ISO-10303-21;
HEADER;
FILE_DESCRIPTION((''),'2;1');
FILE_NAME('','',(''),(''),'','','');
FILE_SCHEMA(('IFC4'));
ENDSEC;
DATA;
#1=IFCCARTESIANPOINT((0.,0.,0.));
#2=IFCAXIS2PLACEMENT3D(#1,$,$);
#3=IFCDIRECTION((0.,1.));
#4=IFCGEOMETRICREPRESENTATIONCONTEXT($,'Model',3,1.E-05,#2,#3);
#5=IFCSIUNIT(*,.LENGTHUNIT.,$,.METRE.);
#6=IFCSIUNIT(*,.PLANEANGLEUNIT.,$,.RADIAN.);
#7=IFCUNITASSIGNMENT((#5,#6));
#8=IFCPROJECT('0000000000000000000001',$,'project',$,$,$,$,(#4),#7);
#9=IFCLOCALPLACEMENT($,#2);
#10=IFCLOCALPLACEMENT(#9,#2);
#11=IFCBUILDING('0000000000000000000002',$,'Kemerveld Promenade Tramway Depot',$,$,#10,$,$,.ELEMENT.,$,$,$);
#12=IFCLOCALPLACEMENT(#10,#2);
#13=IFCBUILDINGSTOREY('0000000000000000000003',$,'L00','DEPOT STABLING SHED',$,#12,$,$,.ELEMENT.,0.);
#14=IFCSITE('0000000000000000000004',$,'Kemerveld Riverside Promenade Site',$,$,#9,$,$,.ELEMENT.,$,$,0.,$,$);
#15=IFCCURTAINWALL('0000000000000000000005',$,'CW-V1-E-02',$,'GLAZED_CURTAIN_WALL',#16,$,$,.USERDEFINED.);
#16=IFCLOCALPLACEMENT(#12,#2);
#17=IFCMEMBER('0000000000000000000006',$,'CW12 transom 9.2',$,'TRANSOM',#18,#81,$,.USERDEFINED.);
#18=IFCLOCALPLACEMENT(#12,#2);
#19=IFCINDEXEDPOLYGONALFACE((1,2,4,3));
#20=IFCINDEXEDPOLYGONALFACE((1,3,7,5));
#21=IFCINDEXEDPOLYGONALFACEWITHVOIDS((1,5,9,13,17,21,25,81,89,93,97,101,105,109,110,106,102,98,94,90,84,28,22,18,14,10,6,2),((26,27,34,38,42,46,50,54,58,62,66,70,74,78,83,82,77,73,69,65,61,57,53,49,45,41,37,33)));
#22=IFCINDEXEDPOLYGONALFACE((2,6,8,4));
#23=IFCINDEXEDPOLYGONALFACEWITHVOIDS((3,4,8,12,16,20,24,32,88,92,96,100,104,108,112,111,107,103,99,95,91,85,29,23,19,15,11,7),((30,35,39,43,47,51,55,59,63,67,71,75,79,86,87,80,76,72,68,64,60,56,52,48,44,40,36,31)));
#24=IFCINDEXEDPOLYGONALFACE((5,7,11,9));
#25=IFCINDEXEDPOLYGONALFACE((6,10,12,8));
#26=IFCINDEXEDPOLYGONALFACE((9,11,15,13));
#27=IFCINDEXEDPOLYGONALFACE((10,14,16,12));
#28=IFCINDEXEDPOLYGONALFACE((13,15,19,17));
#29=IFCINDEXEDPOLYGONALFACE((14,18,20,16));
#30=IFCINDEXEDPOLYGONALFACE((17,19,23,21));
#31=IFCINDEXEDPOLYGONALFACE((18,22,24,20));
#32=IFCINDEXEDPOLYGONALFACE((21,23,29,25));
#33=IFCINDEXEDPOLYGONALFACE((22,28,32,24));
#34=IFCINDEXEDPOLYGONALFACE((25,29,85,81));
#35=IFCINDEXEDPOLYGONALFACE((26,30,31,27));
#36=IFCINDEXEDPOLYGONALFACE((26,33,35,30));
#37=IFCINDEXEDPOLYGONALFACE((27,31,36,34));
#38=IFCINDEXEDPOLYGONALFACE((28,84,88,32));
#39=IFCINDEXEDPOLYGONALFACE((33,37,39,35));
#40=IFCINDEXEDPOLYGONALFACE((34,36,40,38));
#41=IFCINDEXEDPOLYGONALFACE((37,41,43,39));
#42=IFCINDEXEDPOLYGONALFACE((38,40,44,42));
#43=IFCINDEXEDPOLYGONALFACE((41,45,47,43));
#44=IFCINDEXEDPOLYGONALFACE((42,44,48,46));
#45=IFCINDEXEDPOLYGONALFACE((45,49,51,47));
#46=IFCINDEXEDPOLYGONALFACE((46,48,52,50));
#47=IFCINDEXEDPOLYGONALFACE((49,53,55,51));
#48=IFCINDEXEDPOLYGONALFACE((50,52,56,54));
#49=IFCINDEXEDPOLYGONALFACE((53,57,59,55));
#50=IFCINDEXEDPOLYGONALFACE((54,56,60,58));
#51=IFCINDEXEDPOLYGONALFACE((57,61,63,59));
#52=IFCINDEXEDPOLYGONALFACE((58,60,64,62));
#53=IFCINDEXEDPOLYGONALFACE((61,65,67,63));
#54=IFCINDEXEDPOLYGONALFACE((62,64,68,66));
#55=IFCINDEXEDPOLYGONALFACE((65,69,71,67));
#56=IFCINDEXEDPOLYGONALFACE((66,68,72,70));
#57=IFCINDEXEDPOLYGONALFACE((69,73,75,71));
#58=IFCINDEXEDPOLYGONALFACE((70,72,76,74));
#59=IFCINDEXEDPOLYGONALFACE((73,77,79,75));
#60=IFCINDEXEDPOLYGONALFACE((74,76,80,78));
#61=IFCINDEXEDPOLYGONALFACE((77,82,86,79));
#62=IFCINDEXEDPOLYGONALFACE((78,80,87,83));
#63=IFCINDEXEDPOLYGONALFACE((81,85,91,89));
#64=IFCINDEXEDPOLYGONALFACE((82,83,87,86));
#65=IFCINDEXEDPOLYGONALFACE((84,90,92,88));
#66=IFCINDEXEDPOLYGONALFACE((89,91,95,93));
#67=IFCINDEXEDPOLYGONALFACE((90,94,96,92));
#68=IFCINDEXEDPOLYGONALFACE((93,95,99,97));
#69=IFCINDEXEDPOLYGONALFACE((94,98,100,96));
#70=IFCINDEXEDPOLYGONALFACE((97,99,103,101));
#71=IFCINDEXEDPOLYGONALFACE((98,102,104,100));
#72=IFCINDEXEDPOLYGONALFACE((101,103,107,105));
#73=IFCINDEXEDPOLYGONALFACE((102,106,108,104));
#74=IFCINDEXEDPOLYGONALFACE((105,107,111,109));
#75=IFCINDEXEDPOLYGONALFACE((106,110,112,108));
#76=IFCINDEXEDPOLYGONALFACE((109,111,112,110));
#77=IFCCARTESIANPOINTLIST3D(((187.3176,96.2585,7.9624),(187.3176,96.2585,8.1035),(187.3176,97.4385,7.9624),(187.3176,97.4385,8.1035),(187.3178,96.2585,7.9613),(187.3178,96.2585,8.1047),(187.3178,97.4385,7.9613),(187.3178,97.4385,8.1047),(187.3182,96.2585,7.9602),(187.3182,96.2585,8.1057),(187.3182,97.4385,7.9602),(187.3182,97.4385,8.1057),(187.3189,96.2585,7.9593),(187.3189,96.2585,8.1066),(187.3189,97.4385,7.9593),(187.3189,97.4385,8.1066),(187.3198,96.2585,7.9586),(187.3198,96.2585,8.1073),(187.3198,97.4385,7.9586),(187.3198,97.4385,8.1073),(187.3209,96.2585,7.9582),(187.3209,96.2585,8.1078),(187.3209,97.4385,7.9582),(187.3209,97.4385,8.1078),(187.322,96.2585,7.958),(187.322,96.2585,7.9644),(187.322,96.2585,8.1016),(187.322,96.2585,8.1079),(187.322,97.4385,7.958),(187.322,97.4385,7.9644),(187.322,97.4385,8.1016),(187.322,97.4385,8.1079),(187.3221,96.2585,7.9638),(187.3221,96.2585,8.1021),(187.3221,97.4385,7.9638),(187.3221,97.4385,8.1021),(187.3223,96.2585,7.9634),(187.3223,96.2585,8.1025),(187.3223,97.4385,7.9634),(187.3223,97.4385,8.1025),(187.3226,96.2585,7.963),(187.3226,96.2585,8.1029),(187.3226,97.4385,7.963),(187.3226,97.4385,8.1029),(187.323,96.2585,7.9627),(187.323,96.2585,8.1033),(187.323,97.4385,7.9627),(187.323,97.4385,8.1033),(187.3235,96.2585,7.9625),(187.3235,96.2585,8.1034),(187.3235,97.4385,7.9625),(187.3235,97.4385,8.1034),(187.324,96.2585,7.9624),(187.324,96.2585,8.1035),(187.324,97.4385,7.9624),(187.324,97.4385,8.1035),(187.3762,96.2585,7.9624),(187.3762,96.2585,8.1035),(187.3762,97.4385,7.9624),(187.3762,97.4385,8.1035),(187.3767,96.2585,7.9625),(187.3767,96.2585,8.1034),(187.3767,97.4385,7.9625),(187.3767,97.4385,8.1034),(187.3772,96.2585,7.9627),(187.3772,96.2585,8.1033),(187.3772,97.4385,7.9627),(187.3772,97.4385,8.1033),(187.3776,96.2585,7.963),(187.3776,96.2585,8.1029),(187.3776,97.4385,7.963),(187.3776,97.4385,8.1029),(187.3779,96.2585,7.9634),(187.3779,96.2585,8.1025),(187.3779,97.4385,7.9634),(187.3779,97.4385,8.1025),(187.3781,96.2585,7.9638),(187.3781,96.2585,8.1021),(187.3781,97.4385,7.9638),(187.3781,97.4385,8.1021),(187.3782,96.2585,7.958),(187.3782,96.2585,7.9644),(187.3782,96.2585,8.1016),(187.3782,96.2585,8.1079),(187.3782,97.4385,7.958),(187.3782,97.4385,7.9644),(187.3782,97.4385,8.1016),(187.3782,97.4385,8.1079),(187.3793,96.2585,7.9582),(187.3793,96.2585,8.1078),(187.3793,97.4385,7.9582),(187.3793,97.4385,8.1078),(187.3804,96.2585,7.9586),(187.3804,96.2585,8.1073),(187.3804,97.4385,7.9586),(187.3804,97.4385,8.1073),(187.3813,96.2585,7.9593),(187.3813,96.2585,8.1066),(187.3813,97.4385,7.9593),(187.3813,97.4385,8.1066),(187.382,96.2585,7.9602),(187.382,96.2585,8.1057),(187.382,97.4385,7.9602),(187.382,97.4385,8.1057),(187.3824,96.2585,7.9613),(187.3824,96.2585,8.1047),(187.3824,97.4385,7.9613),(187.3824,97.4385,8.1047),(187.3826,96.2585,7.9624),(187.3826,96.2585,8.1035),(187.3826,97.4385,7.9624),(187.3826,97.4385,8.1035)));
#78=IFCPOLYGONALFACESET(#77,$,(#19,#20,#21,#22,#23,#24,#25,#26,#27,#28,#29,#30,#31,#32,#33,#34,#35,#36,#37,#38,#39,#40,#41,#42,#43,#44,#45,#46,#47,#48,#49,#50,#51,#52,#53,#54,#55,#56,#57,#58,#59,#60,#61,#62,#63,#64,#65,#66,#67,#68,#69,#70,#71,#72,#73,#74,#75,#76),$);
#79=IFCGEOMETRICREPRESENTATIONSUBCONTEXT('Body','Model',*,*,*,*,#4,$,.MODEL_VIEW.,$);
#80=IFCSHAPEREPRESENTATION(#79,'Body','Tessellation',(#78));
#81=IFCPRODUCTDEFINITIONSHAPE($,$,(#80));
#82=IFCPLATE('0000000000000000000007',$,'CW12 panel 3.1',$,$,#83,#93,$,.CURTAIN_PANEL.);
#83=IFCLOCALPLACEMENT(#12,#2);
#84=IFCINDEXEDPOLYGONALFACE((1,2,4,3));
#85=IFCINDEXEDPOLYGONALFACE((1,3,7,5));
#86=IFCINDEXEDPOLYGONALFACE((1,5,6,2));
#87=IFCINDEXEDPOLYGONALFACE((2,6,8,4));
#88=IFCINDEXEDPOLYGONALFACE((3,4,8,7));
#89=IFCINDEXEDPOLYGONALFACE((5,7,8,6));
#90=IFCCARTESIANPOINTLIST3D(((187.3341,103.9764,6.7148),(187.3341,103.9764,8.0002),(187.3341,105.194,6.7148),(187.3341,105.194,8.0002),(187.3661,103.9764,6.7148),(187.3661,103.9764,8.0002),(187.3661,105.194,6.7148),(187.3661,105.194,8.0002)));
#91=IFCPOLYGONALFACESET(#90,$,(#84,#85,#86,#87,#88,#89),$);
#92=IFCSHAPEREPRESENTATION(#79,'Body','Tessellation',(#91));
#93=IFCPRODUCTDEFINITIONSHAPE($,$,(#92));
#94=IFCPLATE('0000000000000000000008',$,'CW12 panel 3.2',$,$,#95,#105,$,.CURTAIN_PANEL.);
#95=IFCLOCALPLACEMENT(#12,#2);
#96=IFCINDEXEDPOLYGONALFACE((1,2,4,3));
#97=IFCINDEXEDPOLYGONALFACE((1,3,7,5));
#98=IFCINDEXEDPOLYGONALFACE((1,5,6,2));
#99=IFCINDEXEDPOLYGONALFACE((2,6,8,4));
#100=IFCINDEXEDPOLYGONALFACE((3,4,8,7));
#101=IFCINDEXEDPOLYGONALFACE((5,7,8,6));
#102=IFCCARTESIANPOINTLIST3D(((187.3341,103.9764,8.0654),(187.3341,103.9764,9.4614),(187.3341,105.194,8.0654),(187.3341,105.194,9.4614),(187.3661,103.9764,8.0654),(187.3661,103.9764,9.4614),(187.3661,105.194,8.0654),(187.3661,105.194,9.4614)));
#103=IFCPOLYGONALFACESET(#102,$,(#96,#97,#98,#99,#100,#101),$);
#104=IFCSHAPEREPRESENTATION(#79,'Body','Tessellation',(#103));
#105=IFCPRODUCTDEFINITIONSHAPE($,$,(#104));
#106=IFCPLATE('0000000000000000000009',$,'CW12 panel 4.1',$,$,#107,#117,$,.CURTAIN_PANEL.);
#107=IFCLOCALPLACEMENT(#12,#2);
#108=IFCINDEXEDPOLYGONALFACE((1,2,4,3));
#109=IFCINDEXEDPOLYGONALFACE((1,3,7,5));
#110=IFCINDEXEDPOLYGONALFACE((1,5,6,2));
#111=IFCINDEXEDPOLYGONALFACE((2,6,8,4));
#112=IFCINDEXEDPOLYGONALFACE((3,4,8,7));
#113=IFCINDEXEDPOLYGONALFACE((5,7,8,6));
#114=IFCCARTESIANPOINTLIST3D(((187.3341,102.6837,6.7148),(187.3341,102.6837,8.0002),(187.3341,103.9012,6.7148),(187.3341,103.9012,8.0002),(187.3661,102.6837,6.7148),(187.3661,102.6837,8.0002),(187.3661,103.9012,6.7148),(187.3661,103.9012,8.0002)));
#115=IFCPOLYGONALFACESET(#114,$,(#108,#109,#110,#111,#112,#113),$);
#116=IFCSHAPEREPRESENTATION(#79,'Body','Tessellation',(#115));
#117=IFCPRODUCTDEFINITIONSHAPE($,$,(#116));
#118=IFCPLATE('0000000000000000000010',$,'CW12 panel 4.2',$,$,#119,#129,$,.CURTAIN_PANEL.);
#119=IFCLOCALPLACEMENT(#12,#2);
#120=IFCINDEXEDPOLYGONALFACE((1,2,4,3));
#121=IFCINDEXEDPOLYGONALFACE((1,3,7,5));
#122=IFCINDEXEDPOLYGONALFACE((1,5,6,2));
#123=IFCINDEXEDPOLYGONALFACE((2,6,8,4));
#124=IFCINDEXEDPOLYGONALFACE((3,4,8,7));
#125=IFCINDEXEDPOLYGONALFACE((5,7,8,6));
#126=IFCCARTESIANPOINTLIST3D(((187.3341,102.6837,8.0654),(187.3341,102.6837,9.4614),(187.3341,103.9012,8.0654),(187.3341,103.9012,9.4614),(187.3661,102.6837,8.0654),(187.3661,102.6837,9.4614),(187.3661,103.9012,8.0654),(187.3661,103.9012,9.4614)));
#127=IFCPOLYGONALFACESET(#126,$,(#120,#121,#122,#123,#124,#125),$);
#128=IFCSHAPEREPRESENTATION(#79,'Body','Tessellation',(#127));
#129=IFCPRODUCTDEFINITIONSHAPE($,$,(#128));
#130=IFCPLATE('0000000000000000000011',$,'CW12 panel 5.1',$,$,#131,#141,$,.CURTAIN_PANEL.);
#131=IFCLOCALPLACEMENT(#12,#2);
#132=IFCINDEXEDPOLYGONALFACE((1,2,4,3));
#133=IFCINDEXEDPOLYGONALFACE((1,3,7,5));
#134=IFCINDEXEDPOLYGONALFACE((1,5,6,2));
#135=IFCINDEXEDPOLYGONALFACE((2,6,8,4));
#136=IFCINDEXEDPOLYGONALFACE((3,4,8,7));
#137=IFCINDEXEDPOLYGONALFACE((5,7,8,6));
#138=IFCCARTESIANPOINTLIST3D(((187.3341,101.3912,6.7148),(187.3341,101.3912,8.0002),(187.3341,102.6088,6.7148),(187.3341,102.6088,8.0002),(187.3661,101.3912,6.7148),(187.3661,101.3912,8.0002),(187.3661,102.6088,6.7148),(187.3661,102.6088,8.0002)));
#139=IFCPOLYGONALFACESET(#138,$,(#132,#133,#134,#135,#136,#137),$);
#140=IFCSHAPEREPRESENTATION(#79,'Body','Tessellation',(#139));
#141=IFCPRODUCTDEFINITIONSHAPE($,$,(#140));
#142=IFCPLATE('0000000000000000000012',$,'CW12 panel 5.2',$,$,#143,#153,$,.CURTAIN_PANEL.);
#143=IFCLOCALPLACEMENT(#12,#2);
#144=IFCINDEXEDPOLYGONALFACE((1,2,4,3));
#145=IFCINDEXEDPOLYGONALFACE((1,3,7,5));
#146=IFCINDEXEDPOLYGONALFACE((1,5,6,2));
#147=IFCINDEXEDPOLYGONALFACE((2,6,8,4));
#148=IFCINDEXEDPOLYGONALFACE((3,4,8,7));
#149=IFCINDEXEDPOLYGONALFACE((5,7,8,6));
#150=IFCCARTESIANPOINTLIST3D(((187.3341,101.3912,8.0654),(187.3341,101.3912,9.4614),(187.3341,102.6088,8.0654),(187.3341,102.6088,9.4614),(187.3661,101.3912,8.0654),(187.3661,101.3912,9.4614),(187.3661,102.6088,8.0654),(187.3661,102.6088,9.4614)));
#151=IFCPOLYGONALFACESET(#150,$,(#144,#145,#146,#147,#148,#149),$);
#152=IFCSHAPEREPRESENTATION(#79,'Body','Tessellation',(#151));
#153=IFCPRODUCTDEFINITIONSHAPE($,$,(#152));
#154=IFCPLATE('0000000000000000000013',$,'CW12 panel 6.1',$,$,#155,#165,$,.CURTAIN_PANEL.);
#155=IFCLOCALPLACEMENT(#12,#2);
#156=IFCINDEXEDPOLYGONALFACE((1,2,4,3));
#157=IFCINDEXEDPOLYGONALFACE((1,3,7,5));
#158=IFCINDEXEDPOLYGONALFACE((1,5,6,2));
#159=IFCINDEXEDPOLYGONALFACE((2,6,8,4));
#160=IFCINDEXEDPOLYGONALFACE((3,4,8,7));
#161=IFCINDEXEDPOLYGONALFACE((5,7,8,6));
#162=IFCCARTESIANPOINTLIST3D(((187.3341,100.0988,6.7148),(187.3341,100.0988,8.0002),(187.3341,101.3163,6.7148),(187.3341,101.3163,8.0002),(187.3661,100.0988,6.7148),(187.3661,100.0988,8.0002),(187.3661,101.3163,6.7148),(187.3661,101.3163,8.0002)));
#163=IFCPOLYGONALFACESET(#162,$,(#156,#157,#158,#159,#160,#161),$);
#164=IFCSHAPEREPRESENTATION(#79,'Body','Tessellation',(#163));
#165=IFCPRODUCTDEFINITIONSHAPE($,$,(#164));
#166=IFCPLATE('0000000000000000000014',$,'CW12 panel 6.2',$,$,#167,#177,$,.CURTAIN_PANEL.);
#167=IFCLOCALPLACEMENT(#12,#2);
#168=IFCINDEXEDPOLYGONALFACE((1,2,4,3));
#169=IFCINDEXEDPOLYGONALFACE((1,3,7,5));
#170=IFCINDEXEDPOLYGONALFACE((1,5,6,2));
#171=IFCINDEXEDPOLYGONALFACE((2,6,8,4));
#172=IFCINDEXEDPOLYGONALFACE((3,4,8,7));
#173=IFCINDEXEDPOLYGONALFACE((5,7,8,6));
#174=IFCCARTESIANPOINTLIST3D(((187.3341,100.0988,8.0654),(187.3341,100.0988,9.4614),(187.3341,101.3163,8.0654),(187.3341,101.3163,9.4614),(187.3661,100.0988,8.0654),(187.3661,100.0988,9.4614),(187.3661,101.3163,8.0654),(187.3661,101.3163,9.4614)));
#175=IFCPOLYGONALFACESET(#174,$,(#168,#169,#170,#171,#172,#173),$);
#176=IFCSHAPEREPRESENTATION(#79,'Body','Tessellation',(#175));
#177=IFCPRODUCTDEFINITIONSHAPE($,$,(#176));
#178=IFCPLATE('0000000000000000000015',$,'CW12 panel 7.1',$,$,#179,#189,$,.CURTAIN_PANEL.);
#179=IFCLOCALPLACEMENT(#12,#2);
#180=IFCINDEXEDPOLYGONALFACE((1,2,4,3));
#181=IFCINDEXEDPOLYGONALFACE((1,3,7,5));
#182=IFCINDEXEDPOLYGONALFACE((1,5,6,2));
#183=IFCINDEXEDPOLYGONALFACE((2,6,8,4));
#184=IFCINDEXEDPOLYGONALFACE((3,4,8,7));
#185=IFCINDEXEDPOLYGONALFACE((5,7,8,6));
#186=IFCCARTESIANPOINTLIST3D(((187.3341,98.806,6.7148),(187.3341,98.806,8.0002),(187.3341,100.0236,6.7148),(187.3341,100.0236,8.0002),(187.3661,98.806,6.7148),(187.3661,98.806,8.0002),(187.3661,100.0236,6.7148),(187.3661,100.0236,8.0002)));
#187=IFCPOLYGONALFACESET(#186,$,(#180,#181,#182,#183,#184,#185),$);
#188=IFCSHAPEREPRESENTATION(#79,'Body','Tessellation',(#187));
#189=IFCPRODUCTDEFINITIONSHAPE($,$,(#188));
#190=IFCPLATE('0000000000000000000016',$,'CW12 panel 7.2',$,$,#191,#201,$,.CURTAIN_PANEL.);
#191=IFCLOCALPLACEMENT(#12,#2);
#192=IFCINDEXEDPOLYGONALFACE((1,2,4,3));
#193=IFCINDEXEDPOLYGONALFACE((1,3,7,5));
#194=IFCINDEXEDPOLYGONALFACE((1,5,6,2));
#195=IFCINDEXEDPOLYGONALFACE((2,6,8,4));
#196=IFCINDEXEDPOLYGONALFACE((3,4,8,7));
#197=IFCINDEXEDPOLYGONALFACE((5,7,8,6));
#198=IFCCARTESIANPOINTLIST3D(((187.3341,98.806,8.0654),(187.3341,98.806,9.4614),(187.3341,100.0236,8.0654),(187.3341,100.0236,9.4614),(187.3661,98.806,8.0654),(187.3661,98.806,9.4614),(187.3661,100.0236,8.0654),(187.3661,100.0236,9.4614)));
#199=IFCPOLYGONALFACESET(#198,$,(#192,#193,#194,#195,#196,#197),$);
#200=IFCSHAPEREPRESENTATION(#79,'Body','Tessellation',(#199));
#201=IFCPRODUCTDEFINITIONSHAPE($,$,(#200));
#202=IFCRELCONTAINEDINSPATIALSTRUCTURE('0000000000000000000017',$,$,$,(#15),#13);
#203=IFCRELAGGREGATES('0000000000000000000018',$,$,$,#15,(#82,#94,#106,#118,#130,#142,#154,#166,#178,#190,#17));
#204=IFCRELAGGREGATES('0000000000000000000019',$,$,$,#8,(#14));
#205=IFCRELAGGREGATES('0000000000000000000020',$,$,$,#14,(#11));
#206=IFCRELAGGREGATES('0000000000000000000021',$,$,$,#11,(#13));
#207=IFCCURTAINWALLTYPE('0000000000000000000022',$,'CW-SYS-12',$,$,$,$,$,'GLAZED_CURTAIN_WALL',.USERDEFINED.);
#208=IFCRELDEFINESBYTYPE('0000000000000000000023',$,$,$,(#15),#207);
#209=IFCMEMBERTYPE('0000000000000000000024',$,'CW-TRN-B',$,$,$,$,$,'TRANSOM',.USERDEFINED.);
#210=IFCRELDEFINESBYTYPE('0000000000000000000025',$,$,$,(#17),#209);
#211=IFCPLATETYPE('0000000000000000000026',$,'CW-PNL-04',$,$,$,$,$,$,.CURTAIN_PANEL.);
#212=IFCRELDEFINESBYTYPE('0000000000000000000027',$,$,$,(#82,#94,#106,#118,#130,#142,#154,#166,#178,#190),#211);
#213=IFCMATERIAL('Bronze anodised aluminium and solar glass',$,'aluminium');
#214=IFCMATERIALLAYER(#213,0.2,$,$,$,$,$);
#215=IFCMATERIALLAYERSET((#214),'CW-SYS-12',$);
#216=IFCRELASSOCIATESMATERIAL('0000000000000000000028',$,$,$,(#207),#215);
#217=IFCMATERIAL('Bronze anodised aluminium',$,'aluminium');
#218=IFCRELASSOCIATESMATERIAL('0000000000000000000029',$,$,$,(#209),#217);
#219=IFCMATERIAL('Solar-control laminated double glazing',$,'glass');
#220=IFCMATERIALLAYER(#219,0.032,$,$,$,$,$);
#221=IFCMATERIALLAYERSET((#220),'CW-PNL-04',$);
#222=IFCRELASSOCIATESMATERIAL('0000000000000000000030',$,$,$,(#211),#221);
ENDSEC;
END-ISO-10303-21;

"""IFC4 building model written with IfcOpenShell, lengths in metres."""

from ifc_helpers import new_model, si_unit, direction, frame, origin, origin_2d, place, context, subcontext, project, spatial, rectangle, hollow_rectangle, extrude, material, layer, layer_set, material_profile, profile_set, type_object, element, aggregate, save


model = new_model("IFC4")

# Units and contexts
model_context = context("Model", 3, precision=1e-05, world=origin(), true_north=direction((0.0, 1.0)))
body_context = subcontext(model_context, "Body", "Model", "MODEL_VIEW")
ifc_project = project(units=[si_unit("LENGTHUNIT", "METRE"), si_unit("PLANEANGLEUNIT", "RADIAN")], contexts=[model_context])

# Site, building, storey
site_placement = place(None, origin())
site = spatial("IfcSite", under=ifc_project, at=site_placement, Name="Kemerveld Riverside Promenade Site", CompositionType="ELEMENT", RefElevation=0.0)
building_placement = place(site_placement, origin())
building = spatial("IfcBuilding", under=site, at=building_placement, Name="Kemerveld Promenade Tramway Depot", CompositionType="ELEMENT")
storey_placement = place(building_placement, origin())
storey = spatial("IfcBuildingStorey", under=building, at=storey_placement, Name="L00", Description="DEPOT STABLING SHED", CompositionType="ELEMENT", Elevation=0.0)

# Curtain wall, member, plates
ifc_material_1 = material(Name="Bronze anodised aluminium and solar glass", Category="aluminium")
ifc_layer_1 = layer(ifc_material_1, 0.2)
ifc_layer_set_1 = layer_set([ifc_layer_1], Name="CW-SYS-12")
curtain_wall_type = type_object("IfcCurtainWallType", Name="CW-SYS-12", ElementType="GLAZED_CURTAIN_WALL", PredefinedType="USERDEFINED", material=ifc_layer_set_1)
curtain_wall_placement = place(storey_placement, origin())
curtain_wall = element("IfcCurtainWall", 1, at=curtain_wall_placement, inside=storey, type_object=curtain_wall_type, Name="CW-V1-E-02", ObjectType="GLAZED_CURTAIN_WALL", PredefinedType="USERDEFINED")
ifc_material_2 = material(Name="Bronze anodised aluminium", Category="aluminium")
ifc_material_profile_1 = material_profile(ifc_material_2, hollow_rectangle(XDim=0.0649, YDim=0.1499, WallThickness=0.0044, InnerFilletRadius=0.002, OuterFilletRadius=0.0044, at=origin_2d()), Name="CW-TRN-150x65")
ifc_profile_set_1 = profile_set([ifc_material_profile_1], Name="Bronze anodised aluminium")
member_type_1 = type_object("IfcMemberType", Name="CW-TRN-B", ElementType="TRANSOM", PredefinedType="USERDEFINED", material=ifc_profile_set_1)
member_1_placement = place(storey_placement, frame((187.3501, 97.4385, 8.033), z_axis=(0.0, -1.0, 0.0), x_axis=(1.0, 0.0, 0.0)))
member_1 = element("IfcMember", 2, at=member_1_placement, type_object=member_type_1, Name="CW12 transom 9.2", ObjectType="TRANSOM", PredefinedType="USERDEFINED", context=body_context, shape_type="SweptSolid", body=[
    extrude(hollow_rectangle(XDim=0.0649, YDim=0.1499, WallThickness=0.0044, InnerFilletRadius=0.002, OuterFilletRadius=0.0044, at=origin_2d()), origin(), (0.0, 0.0, 1.0), 1.1799),
])
ifc_material_3 = material(Name="Solar-control laminated double glazing", Category="glass")
ifc_layer_2 = layer(ifc_material_3, 0.032)
ifc_layer_set_2 = layer_set([ifc_layer_2], Name="CW-PNL-04")
plate_type = type_object("IfcPlateType", Name="CW-PNL-04", PredefinedType="CURTAIN_PANEL", material=ifc_layer_set_2)
plate_1_placement = place(storey_placement, frame((187.3501, 104.5852, 6.7148), z_axis=(0.0, 0.0, 1.0), x_axis=(0.0, -1.0, 0.0)))
plate_1 = element("IfcPlate", 3, at=plate_1_placement, type_object=plate_type, Name="CW12 panel 3.1", PredefinedType="CURTAIN_PANEL", context=body_context, shape_type="SweptSolid", body=[
    extrude(rectangle(XDim=1.2175, YDim=0.032, at=origin_2d()), origin(), (0.0, 0.0, 1.0), 1.2854),
])
plate_2_placement = place(storey_placement, frame((187.3501, 104.5852, 8.0654), z_axis=(0.0, 0.0, 1.0), x_axis=(0.0, -1.0, 0.0)))
plate_2 = element("IfcPlate", 4, at=plate_2_placement, type_object=plate_type, Name="CW12 panel 3.2", PredefinedType="CURTAIN_PANEL", context=body_context, shape_type="SweptSolid", body=[
    extrude(rectangle(XDim=1.2175, YDim=0.032, at=origin_2d()), origin(), (0.0, 0.0, 1.0), 1.396),
])
plate_3_placement = place(storey_placement, frame((187.3501, 103.2925, 6.7148), z_axis=(0.0, 0.0, 1.0), x_axis=(0.0, -1.0, 0.0)))
plate_3 = element("IfcPlate", 5, at=plate_3_placement, type_object=plate_type, Name="CW12 panel 4.1", PredefinedType="CURTAIN_PANEL", context=body_context, shape_type="SweptSolid", body=[
    extrude(rectangle(XDim=1.2175, YDim=0.032, at=origin_2d()), origin(), (0.0, 0.0, 1.0), 1.2854),
])
plate_4_placement = place(storey_placement, frame((187.3501, 103.2925, 8.0654), z_axis=(0.0, 0.0, 1.0), x_axis=(0.0, -1.0, 0.0)))
plate_4 = element("IfcPlate", 6, at=plate_4_placement, type_object=plate_type, Name="CW12 panel 4.2", PredefinedType="CURTAIN_PANEL", context=body_context, shape_type="SweptSolid", body=[
    extrude(rectangle(XDim=1.2175, YDim=0.032, at=origin_2d()), origin(), (0.0, 0.0, 1.0), 1.396),
])
plate_5_placement = place(storey_placement, frame((187.3501, 102.0, 6.7148), z_axis=(0.0, 0.0, 1.0), x_axis=(0.0, -1.0, 0.0)))
plate_5 = element("IfcPlate", 7, at=plate_5_placement, type_object=plate_type, Name="CW12 panel 5.1", PredefinedType="CURTAIN_PANEL", context=body_context, shape_type="SweptSolid", body=[
    extrude(rectangle(XDim=1.2175, YDim=0.032, at=origin_2d()), origin(), (0.0, 0.0, 1.0), 1.2854),
])
plate_6_placement = place(storey_placement, frame((187.3501, 102.0, 8.0654), z_axis=(0.0, 0.0, 1.0), x_axis=(0.0, -1.0, 0.0)))
plate_6 = element("IfcPlate", 8, at=plate_6_placement, type_object=plate_type, Name="CW12 panel 5.2", PredefinedType="CURTAIN_PANEL", context=body_context, shape_type="SweptSolid", body=[
    extrude(rectangle(XDim=1.2175, YDim=0.032, at=origin_2d()), origin(), (0.0, 0.0, 1.0), 1.396),
])
plate_7_placement = place(storey_placement, frame((187.3501, 100.7075, 6.7148), z_axis=(0.0, 0.0, 1.0), x_axis=(0.0, -1.0, 0.0)))
plate_7 = element("IfcPlate", 9, at=plate_7_placement, type_object=plate_type, Name="CW12 panel 6.1", PredefinedType="CURTAIN_PANEL", context=body_context, shape_type="SweptSolid", body=[
    extrude(rectangle(XDim=1.2175, YDim=0.032, at=origin_2d()), origin(), (0.0, 0.0, 1.0), 1.2854),
])
plate_8_placement = place(storey_placement, frame((187.3501, 100.7075, 8.0654), z_axis=(0.0, 0.0, 1.0), x_axis=(0.0, -1.0, 0.0)))
plate_8 = element("IfcPlate", 10, at=plate_8_placement, type_object=plate_type, Name="CW12 panel 6.2", PredefinedType="CURTAIN_PANEL", context=body_context, shape_type="SweptSolid", body=[
    extrude(rectangle(XDim=1.2175, YDim=0.032, at=origin_2d()), origin(), (0.0, 0.0, 1.0), 1.396),
])
plate_9_placement = place(storey_placement, frame((187.3501, 99.4148, 6.7148), z_axis=(0.0, 0.0, 1.0), x_axis=(0.0, -1.0, 0.0)))
plate_9 = element("IfcPlate", 11, at=plate_9_placement, type_object=plate_type, Name="CW12 panel 7.1", PredefinedType="CURTAIN_PANEL", context=body_context, shape_type="SweptSolid", body=[
    extrude(rectangle(XDim=1.2175, YDim=0.032, at=origin_2d()), origin(), (0.0, 0.0, 1.0), 1.2854),
])
plate_10_placement = place(storey_placement, frame((187.3501, 99.4148, 8.0654), z_axis=(0.0, 0.0, 1.0), x_axis=(0.0, -1.0, 0.0)))
plate_10 = element("IfcPlate", 12, at=plate_10_placement, type_object=plate_type, Name="CW12 panel 7.2", PredefinedType="CURTAIN_PANEL", context=body_context, shape_type="SweptSolid", body=[
    extrude(rectangle(XDim=1.2175, YDim=0.032, at=origin_2d()), origin(), (0.0, 0.0, 1.0), 1.396),
])
aggregate(curtain_wall, [plate_1, plate_2, plate_3, plate_4, plate_5, plate_6, plate_7, plate_8, plate_9, plate_10, member_1])

save(model, "model.ifc")
